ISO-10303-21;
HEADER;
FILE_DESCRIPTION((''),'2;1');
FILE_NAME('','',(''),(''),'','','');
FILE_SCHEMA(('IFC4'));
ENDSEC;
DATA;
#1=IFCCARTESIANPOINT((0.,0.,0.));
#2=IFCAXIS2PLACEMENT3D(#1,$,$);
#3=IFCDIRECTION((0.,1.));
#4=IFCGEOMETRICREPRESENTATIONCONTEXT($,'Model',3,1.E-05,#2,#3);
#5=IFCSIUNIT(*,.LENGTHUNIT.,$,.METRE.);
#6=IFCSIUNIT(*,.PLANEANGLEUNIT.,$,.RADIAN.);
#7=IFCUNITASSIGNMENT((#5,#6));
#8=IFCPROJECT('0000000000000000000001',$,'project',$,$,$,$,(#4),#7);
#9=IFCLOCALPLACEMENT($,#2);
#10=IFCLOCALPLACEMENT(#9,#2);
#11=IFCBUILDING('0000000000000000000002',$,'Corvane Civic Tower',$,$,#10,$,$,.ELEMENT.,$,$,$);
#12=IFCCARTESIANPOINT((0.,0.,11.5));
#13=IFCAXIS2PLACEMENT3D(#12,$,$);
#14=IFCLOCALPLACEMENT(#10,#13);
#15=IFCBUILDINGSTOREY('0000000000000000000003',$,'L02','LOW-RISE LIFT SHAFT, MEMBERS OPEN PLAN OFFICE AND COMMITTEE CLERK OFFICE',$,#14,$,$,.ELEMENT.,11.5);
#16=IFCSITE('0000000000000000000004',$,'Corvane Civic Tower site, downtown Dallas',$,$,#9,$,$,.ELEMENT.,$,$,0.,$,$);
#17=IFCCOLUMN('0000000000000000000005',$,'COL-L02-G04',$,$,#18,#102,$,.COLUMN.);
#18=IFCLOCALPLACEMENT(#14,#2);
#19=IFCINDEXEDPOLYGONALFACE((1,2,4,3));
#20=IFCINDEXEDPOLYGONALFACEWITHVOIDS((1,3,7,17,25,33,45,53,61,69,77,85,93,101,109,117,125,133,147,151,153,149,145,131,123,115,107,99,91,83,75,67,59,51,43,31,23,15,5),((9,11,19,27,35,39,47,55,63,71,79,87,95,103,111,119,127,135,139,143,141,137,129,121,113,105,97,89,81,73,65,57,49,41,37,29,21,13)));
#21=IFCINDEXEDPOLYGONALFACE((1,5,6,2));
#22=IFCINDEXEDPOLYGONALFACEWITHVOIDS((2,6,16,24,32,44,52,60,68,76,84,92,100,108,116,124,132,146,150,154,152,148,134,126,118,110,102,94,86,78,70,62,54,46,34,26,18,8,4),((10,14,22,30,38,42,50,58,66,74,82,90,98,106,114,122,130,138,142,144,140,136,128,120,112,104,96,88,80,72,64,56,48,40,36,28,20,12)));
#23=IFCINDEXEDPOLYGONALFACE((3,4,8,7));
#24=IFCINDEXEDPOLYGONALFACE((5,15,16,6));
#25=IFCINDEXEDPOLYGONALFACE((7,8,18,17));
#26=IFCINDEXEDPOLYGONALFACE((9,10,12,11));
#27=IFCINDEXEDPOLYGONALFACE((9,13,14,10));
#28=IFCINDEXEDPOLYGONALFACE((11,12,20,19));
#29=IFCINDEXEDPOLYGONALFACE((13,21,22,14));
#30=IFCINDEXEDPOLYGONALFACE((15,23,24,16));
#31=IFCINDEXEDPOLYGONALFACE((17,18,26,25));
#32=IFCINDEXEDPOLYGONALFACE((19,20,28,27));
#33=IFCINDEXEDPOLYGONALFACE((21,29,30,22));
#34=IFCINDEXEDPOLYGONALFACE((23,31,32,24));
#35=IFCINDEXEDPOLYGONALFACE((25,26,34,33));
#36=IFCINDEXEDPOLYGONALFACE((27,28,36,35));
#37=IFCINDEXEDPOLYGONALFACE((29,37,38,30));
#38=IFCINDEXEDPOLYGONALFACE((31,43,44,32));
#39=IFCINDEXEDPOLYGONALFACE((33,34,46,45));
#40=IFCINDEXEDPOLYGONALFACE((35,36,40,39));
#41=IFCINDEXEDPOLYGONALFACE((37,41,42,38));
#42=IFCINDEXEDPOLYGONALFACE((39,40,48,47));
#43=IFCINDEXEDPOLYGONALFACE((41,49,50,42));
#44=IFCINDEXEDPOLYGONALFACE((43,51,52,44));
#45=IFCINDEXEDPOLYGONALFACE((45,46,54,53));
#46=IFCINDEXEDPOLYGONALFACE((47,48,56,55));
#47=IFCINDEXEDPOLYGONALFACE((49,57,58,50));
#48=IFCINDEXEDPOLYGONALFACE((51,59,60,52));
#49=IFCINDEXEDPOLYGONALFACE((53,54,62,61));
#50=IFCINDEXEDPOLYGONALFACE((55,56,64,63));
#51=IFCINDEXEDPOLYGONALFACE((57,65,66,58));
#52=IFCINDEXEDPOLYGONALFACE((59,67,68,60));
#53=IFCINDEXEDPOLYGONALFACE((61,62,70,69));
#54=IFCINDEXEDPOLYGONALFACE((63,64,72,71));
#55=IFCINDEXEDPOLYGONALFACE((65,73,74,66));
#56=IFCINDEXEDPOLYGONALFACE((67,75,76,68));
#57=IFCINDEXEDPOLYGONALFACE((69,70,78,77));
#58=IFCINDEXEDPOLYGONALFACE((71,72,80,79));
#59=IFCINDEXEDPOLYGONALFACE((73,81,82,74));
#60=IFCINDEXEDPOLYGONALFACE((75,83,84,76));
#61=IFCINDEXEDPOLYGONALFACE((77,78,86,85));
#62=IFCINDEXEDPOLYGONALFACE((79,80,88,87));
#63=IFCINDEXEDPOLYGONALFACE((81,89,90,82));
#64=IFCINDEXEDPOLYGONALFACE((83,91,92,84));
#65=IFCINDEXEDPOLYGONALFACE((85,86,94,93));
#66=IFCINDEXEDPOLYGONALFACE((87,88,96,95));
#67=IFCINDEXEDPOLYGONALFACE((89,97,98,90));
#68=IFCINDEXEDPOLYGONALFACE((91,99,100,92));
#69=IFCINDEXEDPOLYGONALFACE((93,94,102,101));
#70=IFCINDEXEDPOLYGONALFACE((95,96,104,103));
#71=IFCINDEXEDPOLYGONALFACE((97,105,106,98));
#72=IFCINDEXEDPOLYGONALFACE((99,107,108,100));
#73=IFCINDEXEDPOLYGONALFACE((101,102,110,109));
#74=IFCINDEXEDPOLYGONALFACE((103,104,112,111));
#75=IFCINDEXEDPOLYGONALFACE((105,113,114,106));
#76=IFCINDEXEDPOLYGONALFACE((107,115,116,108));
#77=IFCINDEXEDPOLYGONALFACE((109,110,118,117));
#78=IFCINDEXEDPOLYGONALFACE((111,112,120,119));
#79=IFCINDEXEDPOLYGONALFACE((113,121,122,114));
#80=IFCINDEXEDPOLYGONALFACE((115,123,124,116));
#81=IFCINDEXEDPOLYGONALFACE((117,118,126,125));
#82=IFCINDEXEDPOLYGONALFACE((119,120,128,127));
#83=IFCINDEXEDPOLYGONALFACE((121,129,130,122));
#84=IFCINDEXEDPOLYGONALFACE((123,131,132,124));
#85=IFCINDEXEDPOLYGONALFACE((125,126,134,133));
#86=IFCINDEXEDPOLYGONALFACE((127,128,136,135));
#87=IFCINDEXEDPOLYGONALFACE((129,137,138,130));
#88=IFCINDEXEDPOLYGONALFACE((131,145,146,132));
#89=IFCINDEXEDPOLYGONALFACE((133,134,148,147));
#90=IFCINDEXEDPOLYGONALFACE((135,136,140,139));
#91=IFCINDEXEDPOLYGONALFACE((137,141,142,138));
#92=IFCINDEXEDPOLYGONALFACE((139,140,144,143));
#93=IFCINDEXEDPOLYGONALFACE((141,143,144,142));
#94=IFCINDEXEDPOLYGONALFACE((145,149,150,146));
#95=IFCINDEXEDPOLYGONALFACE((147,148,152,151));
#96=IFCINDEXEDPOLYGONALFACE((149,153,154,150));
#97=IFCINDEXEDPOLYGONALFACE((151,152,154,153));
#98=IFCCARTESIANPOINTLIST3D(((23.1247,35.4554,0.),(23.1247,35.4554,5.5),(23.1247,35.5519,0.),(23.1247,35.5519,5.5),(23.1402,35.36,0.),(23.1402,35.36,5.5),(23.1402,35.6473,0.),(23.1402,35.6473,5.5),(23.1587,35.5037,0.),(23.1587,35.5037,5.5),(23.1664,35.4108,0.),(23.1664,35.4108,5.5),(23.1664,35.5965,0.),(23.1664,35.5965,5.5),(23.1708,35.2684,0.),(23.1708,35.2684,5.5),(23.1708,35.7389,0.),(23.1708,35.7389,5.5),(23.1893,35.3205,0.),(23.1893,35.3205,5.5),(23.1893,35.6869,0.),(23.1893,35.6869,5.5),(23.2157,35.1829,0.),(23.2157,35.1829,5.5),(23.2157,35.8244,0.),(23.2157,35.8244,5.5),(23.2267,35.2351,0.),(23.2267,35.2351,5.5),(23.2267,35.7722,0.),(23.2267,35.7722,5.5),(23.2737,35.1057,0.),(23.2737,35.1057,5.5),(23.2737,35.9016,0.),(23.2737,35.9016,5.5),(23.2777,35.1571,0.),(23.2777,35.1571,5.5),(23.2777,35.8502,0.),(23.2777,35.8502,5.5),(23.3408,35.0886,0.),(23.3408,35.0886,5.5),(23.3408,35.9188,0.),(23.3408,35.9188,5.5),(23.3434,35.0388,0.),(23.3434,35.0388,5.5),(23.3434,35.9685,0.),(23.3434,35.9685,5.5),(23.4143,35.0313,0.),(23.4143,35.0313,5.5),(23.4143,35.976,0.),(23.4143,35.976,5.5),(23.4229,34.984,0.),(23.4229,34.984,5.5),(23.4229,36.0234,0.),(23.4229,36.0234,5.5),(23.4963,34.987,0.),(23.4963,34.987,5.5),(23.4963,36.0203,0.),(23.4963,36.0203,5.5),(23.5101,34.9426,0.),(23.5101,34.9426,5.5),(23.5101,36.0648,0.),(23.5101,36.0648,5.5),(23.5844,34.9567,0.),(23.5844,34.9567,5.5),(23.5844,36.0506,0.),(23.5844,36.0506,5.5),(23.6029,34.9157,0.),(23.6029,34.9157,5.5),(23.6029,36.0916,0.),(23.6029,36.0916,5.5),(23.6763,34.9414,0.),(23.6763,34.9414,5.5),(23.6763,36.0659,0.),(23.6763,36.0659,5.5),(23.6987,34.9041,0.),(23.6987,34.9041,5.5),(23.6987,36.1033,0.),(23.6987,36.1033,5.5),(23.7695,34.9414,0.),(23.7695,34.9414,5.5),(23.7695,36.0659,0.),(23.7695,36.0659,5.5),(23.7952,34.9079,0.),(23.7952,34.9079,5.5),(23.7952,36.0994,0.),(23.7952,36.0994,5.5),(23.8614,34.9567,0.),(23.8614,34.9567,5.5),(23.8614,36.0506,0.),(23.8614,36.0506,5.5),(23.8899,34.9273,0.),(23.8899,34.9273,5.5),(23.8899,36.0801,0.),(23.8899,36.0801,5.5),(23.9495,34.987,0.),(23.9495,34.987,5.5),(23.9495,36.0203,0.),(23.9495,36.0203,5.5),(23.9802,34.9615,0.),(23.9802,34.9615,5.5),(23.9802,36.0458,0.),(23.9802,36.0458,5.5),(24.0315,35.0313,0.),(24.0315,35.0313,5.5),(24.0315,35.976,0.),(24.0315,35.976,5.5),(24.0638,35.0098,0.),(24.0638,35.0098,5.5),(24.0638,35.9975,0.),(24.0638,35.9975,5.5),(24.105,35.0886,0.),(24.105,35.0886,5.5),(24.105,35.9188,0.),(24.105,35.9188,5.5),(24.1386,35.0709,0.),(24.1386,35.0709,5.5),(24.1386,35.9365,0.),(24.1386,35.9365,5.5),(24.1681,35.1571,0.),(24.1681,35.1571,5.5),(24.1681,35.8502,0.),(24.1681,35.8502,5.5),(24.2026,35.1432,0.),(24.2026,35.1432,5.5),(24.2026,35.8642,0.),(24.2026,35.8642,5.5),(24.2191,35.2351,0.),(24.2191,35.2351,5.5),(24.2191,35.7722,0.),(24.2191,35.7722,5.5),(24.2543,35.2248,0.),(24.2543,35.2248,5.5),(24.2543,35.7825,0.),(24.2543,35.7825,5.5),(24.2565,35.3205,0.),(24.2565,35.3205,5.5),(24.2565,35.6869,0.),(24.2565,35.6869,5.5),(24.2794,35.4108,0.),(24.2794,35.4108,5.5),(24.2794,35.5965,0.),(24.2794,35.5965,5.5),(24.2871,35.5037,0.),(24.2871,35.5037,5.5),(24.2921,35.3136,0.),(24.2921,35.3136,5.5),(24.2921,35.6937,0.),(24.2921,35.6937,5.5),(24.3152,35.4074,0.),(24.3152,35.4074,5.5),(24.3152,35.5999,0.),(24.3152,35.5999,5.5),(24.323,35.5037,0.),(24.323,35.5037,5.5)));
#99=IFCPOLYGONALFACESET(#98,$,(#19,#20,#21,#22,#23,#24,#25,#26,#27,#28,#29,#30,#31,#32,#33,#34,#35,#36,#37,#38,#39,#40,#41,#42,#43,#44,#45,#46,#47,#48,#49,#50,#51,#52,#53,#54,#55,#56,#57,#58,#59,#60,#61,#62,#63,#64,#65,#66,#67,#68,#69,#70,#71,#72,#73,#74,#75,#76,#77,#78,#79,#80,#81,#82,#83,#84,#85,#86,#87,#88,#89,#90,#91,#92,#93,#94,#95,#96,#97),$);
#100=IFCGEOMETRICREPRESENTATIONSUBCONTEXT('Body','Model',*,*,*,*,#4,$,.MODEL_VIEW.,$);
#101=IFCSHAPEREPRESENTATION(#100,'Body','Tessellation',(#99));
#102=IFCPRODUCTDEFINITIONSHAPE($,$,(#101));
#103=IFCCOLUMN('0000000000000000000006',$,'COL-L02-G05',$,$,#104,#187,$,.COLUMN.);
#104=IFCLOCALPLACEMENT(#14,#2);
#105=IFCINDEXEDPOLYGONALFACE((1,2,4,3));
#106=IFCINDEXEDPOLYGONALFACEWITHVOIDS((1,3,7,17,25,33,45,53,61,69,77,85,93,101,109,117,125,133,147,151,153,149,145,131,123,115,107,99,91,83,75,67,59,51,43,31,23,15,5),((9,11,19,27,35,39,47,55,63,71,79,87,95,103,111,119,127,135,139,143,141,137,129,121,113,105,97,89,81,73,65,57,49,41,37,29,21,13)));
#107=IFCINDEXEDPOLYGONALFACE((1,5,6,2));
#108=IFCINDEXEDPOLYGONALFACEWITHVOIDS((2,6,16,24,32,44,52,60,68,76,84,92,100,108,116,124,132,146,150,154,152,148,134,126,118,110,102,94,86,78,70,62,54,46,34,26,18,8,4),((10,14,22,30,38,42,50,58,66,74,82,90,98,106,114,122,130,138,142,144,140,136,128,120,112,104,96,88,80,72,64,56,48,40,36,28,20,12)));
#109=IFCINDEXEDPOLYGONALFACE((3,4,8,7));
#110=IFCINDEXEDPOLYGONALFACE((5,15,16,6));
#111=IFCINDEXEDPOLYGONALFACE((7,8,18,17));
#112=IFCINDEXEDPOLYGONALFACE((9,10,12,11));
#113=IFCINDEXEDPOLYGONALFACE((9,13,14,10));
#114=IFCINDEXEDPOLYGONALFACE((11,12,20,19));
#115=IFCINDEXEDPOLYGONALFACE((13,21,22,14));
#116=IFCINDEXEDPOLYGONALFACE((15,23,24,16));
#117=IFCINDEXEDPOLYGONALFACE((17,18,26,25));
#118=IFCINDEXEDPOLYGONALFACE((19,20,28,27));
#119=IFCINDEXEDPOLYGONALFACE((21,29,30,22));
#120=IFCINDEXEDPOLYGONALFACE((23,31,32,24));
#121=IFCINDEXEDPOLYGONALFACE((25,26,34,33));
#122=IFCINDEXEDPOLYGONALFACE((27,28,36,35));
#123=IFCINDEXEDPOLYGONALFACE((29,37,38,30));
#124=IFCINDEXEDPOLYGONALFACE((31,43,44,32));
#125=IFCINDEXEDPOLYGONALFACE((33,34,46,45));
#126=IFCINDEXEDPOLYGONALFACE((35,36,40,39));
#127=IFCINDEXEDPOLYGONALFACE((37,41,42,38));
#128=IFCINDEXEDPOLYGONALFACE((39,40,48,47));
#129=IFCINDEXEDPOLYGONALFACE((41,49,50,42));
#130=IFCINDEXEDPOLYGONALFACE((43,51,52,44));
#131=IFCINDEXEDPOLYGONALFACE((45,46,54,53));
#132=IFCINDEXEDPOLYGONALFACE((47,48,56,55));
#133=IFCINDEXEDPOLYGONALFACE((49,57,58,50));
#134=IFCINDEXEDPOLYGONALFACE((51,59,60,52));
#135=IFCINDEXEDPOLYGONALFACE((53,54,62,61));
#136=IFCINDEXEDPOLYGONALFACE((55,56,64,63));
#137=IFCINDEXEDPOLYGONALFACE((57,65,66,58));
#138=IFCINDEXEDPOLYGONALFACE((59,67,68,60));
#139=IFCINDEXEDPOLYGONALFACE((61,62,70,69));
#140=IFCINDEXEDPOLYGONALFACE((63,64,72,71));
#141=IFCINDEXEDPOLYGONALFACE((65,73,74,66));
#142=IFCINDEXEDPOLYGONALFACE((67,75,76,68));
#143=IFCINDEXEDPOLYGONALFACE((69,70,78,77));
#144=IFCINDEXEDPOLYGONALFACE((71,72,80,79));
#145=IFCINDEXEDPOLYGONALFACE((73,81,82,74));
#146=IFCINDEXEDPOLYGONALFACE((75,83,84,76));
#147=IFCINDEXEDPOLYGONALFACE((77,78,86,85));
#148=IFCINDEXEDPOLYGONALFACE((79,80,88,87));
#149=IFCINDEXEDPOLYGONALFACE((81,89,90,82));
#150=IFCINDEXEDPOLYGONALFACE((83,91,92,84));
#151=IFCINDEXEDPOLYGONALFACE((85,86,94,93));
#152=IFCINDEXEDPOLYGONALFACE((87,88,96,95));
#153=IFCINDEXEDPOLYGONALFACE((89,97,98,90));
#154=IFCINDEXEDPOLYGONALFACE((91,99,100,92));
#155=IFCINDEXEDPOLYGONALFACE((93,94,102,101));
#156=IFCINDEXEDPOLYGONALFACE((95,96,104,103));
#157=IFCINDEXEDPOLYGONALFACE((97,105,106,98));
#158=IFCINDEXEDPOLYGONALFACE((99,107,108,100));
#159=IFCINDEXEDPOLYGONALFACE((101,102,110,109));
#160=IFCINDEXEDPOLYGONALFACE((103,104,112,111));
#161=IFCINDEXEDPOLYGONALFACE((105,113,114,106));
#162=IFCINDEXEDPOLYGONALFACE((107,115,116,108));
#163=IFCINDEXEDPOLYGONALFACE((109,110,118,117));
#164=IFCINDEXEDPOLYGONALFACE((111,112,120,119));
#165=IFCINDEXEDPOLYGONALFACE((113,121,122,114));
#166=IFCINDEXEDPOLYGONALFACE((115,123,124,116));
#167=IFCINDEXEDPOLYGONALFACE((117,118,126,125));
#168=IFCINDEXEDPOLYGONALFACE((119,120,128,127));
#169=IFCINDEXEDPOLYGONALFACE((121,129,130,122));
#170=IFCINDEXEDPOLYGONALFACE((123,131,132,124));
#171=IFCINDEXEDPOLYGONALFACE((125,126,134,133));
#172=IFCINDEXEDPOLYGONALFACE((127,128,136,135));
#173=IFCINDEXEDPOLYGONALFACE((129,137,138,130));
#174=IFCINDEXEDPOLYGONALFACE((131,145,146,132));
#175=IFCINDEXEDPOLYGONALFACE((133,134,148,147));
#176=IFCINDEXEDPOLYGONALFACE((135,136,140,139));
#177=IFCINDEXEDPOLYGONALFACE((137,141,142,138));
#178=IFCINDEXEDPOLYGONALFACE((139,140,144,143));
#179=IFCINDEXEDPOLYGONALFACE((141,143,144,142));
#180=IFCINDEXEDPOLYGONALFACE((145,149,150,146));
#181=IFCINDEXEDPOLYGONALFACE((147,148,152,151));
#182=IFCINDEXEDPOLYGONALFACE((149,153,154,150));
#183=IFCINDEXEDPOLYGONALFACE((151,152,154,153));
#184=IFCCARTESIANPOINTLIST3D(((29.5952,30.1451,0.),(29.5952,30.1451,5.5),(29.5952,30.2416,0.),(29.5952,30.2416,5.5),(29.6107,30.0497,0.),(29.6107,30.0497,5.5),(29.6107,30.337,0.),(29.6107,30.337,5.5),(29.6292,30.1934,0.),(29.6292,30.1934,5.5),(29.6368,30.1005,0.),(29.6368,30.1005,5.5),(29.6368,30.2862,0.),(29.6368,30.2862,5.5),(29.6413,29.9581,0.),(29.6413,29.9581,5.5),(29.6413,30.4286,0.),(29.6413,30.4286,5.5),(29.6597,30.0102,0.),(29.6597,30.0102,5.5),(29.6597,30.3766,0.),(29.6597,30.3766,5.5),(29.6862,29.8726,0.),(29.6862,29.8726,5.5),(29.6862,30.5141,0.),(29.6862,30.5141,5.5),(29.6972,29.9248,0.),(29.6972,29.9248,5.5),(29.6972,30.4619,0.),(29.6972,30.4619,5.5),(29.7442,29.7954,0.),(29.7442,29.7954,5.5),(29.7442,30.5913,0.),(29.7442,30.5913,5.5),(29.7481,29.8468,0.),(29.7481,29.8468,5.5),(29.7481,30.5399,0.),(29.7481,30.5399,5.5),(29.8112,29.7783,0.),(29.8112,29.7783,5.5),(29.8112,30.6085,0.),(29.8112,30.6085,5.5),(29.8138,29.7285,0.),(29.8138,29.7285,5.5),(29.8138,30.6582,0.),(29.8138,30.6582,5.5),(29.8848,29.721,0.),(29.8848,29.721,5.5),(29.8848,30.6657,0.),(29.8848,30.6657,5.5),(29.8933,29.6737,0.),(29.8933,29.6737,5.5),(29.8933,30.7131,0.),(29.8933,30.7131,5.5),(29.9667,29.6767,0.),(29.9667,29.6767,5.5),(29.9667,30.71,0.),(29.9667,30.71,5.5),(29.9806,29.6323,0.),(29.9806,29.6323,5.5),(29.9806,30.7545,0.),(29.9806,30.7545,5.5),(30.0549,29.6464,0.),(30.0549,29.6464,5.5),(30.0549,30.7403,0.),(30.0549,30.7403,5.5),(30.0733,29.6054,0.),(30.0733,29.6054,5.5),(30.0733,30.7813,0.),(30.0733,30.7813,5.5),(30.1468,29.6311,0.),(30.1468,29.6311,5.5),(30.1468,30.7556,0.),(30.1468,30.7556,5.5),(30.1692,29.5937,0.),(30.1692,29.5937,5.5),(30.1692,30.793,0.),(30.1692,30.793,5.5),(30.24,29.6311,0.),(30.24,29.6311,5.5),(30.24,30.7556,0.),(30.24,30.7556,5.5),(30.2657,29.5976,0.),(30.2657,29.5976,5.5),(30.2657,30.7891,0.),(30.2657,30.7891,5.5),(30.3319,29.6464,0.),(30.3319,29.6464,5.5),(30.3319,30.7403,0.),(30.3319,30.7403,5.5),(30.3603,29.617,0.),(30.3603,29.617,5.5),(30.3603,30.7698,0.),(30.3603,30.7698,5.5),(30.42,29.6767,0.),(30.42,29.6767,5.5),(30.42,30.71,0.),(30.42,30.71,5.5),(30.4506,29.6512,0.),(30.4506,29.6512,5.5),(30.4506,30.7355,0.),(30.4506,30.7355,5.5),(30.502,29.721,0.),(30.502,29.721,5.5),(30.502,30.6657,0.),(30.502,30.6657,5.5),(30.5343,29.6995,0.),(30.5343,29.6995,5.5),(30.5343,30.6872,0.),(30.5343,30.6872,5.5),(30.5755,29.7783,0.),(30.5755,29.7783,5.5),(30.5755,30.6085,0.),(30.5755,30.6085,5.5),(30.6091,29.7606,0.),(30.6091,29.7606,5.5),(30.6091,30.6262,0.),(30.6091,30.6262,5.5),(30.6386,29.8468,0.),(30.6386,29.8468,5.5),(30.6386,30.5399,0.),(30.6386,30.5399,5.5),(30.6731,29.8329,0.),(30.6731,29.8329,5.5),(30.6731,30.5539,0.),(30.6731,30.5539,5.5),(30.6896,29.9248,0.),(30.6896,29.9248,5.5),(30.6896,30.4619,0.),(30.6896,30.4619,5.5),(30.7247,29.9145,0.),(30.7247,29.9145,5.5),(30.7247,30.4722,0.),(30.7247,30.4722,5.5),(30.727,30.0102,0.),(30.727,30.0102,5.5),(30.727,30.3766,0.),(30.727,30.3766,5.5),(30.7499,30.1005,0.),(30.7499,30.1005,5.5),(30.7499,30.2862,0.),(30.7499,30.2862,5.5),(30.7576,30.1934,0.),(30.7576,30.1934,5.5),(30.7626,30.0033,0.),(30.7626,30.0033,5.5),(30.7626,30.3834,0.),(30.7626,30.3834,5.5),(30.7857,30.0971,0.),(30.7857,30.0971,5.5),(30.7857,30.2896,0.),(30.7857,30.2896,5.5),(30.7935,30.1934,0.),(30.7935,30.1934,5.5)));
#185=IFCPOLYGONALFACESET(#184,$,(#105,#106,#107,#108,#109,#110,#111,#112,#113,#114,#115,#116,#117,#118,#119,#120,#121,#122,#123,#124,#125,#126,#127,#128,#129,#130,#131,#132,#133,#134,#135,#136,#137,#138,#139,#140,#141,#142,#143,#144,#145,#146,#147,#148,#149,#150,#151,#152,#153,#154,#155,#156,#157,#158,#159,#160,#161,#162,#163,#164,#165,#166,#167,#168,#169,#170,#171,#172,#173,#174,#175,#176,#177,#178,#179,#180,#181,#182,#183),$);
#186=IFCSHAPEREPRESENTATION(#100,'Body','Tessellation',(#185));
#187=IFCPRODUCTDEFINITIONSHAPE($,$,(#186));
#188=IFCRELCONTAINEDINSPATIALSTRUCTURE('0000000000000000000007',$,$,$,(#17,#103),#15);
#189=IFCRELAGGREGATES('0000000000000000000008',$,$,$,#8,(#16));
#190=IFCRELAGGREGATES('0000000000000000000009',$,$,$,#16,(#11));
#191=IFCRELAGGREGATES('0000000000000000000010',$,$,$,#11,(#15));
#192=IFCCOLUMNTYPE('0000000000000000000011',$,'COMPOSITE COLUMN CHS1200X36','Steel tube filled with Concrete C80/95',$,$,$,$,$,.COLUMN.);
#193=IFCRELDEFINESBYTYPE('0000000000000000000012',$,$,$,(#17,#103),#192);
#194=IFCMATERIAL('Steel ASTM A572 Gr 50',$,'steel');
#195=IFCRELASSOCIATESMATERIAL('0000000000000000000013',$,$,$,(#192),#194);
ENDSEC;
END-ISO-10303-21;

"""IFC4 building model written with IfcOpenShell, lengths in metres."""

from ifc_helpers import new_model, si_unit, direction, frame, origin, origin_2d, place, context, subcontext, project, spatial, hollow_circle, extrude, material, material_profile, profile_set, type_object, element, save


model = new_model("IFC4")

# Units and contexts
model_context = context("Model", 3, precision=1e-05, world=origin(), true_north=direction((0.0, 1.0)))
body_context = subcontext(model_context, "Body", "Model", "MODEL_VIEW")
ifc_project = project(units=[si_unit("LENGTHUNIT", "METRE"), si_unit("PLANEANGLEUNIT", "RADIAN")], contexts=[model_context])

# Site, building, storey
site_placement = place(None, origin())
site = spatial("IfcSite", under=ifc_project, at=site_placement, Name="Corvane Civic Tower site, downtown Dallas", CompositionType="ELEMENT", RefElevation=0.0)
building_placement = place(site_placement, origin())
building = spatial("IfcBuilding", under=site, at=building_placement, Name="Corvane Civic Tower", CompositionType="ELEMENT")
storey_placement = place(building_placement, frame((0.0, 0.0, 11.5)))
storey = spatial("IfcBuildingStorey", under=building, at=storey_placement, Name="L02", Description="LOW-RISE LIFT SHAFT, MEMBERS OPEN PLAN OFFICE AND COMMITTEE CLERK OFFICE", CompositionType="ELEMENT", Elevation=11.5)

# Columns
ifc_material_1 = material(Name="Steel ASTM A572 Gr 50", Category="steel")
ifc_material_profile_1 = material_profile(ifc_material_1, hollow_circle(Radius=0.6001, WallThickness=0.0359, at=origin_2d()), Name="CHS1200X36")
ifc_profile_set_1 = profile_set([ifc_material_profile_1], Name="Steel ASTM A572 Gr 50")
column_type_1 = type_object("IfcColumnType", Name="COMPOSITE COLUMN CHS1200X36", Description="Steel tube filled with Concrete C80/95", PredefinedType="COLUMN", material=ifc_profile_set_1)
for number, where, z_axis, x_axis, name in (
    (1, (23.7229, 35.5037, 0.0), (0.0, 0.0, 1.0), (1.0, 0.0, 0.0), "COL-L02-G04"),
    (2, (30.1934, 30.1934, 0.0), (0.0, 0.0, 1.0), (1.0, 0.0, 0.0), "COL-L02-G05"),
):
    element("IfcColumn", number, at=place(storey_placement, frame(where, z_axis=z_axis, x_axis=x_axis)), inside=storey, type_object=column_type_1, Name=name, PredefinedType="COLUMN", context=body_context, shape_type="SweptSolid", body=[
        extrude(hollow_circle(Radius=0.6001, WallThickness=0.0359, at=origin_2d()), origin(), (0.0, 0.0, 1.0), 5.5),
    ])

save(model, "model.ifc")
